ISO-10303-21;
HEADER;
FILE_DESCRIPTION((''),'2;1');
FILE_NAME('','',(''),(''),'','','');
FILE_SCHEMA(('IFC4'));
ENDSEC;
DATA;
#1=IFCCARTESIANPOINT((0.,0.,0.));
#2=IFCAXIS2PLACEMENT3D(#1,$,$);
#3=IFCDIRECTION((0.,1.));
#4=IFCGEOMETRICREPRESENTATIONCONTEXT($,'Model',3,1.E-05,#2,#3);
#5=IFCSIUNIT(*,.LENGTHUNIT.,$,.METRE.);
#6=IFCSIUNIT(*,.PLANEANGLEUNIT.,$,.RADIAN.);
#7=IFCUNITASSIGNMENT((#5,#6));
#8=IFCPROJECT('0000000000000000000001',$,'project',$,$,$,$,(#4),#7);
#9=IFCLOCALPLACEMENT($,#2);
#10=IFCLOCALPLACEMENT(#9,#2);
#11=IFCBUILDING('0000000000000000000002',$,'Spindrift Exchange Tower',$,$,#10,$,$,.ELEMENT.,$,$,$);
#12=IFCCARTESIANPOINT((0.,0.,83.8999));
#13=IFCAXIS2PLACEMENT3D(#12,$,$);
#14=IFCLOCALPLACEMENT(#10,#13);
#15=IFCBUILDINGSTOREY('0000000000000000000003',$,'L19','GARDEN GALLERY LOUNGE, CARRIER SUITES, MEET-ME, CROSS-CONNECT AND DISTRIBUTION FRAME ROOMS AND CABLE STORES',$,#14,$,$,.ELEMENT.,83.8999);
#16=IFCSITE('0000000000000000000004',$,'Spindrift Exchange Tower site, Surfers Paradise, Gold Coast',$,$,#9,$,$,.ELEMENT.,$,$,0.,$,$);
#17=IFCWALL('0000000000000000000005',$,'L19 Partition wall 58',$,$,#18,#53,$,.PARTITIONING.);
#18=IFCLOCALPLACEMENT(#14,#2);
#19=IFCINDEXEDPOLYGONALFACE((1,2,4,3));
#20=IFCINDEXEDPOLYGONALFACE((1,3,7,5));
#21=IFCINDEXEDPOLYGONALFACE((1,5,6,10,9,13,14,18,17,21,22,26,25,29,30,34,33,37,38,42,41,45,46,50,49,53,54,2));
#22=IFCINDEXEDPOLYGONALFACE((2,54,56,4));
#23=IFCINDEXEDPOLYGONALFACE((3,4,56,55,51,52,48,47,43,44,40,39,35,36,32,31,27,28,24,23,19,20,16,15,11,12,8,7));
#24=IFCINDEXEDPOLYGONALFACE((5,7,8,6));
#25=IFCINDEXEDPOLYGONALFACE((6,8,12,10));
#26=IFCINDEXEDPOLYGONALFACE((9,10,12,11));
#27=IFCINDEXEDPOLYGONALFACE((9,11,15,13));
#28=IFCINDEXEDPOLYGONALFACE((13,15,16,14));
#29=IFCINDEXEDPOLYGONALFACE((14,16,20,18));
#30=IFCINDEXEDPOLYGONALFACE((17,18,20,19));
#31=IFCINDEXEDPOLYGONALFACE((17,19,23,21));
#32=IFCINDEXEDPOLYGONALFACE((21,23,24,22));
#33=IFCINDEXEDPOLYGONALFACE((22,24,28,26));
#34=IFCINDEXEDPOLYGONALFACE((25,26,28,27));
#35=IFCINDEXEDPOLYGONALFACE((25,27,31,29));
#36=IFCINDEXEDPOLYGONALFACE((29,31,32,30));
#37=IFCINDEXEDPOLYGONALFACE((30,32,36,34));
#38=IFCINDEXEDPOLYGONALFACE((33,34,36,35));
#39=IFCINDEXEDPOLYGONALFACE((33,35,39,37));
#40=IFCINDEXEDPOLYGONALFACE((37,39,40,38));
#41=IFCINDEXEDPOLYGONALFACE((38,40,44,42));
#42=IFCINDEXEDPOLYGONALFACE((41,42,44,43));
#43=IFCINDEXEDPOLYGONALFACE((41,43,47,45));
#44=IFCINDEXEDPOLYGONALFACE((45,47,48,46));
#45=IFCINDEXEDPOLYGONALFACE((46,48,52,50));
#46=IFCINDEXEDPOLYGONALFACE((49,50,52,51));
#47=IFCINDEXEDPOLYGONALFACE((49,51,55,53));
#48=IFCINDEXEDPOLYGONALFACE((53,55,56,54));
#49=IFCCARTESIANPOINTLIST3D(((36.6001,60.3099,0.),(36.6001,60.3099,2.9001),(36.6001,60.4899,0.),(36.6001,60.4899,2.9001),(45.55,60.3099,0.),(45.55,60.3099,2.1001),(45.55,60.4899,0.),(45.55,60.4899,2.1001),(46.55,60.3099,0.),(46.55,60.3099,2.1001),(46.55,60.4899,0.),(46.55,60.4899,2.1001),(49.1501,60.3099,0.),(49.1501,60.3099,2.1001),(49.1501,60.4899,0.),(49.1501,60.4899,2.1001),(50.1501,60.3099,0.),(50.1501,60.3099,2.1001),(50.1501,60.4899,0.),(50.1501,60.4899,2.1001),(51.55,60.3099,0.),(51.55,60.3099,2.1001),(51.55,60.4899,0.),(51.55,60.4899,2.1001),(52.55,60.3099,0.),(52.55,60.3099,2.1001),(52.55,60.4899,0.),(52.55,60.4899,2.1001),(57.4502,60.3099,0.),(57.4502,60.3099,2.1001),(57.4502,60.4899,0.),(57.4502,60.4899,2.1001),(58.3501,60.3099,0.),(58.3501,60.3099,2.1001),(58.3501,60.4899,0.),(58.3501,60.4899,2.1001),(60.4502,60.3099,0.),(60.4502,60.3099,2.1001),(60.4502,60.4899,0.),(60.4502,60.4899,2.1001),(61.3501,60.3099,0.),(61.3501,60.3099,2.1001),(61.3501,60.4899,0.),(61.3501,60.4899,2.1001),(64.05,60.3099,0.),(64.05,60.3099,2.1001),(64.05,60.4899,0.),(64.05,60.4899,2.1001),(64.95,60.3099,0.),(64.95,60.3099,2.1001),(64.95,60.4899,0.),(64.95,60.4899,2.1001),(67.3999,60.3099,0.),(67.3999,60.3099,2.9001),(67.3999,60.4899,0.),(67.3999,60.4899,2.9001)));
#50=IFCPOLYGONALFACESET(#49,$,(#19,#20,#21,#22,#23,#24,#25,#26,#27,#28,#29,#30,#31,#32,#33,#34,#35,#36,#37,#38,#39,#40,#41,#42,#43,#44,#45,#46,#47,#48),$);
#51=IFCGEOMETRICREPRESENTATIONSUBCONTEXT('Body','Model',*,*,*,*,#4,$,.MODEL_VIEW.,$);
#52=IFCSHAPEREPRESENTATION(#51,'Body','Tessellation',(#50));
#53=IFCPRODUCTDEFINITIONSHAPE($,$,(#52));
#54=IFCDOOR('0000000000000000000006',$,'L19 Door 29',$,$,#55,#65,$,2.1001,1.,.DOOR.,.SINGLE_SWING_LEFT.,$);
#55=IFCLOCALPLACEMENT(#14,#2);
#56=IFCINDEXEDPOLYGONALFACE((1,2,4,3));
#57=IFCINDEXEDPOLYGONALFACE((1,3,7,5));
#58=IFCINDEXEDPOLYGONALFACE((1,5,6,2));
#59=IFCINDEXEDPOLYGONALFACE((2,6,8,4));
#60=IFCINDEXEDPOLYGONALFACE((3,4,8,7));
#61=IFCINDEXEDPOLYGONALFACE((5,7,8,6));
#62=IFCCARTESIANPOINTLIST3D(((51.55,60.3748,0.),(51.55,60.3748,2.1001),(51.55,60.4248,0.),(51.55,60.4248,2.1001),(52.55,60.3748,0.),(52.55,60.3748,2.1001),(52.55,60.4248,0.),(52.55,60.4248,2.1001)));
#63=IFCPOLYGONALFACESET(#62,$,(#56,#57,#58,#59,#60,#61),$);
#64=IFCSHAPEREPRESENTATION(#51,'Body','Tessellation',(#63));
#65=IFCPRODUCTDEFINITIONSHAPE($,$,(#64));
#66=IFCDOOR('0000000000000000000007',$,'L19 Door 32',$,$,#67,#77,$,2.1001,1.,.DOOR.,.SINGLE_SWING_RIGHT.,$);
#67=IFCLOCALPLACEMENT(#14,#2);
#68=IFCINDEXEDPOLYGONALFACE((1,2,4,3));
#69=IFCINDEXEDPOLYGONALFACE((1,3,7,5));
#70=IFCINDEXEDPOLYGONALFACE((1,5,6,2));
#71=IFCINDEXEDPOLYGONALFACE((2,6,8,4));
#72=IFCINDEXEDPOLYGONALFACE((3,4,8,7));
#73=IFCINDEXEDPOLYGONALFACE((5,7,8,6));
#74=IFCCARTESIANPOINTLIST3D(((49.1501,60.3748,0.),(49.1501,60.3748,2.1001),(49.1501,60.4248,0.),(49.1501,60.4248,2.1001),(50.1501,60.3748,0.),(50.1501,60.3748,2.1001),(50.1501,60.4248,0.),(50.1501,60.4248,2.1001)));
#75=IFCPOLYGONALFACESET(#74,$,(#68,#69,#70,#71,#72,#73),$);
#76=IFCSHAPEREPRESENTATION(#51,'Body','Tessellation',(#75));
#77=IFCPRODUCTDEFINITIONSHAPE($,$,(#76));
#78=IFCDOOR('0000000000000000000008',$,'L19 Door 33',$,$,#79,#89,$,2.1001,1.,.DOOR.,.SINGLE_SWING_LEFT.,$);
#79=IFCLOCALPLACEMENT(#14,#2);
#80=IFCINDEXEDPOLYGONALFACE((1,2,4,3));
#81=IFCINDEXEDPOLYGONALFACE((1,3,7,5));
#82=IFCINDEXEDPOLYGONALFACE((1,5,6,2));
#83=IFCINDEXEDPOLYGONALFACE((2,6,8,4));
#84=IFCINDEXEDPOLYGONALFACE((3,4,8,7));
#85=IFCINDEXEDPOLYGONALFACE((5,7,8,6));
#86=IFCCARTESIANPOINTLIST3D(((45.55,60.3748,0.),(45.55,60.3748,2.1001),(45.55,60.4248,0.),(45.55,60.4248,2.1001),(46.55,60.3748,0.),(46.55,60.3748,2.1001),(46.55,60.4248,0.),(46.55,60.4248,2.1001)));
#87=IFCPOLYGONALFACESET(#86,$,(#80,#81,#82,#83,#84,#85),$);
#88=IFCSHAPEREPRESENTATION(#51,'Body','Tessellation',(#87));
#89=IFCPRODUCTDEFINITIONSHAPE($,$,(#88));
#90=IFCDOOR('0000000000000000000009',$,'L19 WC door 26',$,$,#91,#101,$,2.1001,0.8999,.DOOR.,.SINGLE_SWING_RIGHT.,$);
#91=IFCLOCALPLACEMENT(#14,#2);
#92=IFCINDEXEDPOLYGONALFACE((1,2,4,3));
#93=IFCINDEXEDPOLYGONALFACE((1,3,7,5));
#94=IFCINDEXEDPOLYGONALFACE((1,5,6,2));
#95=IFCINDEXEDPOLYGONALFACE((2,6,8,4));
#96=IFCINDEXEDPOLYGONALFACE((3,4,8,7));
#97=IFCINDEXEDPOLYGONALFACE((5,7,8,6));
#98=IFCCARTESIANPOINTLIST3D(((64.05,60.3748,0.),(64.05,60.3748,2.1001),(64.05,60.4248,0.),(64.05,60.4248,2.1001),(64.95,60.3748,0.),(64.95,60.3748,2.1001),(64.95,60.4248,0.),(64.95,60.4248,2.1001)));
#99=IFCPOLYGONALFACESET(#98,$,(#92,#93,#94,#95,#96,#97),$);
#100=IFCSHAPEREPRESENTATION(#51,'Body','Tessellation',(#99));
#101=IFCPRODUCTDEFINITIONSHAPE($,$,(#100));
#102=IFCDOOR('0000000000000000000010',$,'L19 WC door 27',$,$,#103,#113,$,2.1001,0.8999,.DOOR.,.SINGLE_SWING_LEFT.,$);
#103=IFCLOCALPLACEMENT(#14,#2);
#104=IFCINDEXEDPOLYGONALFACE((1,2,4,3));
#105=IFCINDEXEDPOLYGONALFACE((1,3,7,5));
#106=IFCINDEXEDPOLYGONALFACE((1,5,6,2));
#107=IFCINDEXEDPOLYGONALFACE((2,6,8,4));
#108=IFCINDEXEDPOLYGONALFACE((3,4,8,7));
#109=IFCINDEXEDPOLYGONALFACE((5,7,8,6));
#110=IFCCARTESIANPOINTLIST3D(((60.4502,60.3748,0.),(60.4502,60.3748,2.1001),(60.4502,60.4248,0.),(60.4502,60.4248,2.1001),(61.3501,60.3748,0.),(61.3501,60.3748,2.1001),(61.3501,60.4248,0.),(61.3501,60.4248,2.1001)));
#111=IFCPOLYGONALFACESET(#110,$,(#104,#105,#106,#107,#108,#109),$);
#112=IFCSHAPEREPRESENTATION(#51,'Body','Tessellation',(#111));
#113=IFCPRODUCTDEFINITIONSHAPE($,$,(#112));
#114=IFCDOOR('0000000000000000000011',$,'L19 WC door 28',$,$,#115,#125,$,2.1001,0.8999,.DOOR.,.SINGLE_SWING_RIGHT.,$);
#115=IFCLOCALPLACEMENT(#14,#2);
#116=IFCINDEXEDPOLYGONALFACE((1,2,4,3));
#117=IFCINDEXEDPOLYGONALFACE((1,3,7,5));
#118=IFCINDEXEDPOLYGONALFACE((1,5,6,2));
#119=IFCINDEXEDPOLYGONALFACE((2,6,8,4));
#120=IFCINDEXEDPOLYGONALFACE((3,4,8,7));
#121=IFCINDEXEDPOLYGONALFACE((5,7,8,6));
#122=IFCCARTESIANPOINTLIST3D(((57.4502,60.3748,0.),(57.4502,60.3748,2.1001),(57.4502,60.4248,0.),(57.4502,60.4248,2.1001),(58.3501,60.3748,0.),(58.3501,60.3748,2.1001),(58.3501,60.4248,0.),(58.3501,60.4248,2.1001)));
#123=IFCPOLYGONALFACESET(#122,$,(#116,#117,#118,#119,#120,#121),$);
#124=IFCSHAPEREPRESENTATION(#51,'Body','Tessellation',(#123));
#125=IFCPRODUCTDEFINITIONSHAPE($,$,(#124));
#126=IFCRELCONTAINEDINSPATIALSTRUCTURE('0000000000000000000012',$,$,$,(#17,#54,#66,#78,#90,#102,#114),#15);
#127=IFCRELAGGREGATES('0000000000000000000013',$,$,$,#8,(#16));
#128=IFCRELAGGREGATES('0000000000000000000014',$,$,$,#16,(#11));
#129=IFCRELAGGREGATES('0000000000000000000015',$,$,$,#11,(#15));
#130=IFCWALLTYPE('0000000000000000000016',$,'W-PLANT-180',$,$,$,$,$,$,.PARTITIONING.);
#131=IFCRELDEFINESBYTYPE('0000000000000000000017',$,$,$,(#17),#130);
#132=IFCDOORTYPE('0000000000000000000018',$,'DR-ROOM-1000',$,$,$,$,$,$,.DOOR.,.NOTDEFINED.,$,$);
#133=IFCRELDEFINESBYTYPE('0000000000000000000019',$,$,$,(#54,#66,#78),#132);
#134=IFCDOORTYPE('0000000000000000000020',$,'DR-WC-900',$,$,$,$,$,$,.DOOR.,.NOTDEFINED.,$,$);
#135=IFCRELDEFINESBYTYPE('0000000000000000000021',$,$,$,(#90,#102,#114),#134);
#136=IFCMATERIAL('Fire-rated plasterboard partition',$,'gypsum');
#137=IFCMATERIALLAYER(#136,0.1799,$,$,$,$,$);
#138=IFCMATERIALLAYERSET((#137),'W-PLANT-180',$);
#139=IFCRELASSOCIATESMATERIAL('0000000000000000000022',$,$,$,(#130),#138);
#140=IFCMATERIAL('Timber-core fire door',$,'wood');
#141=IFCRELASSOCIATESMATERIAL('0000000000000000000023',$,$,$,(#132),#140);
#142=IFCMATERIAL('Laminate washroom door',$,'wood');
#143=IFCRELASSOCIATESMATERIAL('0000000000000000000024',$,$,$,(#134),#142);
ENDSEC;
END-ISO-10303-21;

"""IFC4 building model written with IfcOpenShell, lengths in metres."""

from ifc_helpers import new_model, si_unit, direction, frame, frame_2d, origin, place, context, subcontext, project, spatial, rectangle, extrude, source, transform, mapped, material, layer, layer_set, type_object, element, fill, save


model = new_model("IFC4")

# Units and contexts
model_context = context("Model", 3, precision=1e-05, world=origin(), true_north=direction((0.0, 1.0)))
body_context = subcontext(model_context, "Body", "Model", "MODEL_VIEW")
ifc_project = project(units=[si_unit("LENGTHUNIT", "METRE"), si_unit("PLANEANGLEUNIT", "RADIAN")], contexts=[model_context])

# Site, building, storey
site_placement = place(None, origin())
site = spatial("IfcSite", under=ifc_project, at=site_placement, Name="Spindrift Exchange Tower site, Surfers Paradise, Gold Coast", CompositionType="ELEMENT", RefElevation=0.0)
building_placement = place(site_placement, origin())
building = spatial("IfcBuilding", under=site, at=building_placement, Name="Spindrift Exchange Tower", CompositionType="ELEMENT")
storey_placement = place(building_placement, frame((0.0, 0.0, 83.8999)))
storey = spatial("IfcBuildingStorey", under=building, at=storey_placement, Name="L19", Description="GARDEN GALLERY LOUNGE, CARRIER SUITES, MEET-ME, CROSS-CONNECT AND DISTRIBUTION FRAME ROOMS AND CABLE STORES", CompositionType="ELEMENT", Elevation=83.8999)

# Shared definitions
ifc_material_1 = material(Name="Timber-core fire door", Category="wood")

# Shared definitions
ifc_material_2 = material(Name="Fire-rated plasterboard partition", Category="gypsum")

# Wall, openings, doors
ifc_layer_1 = layer(ifc_material_2, 0.1799)
ifc_layer_set_1 = layer_set([ifc_layer_1], Name="W-PLANT-180")
wall_type_1 = type_object("IfcWallType", Name="W-PLANT-180", PredefinedType="PARTITIONING", material=ifc_layer_set_1)
wall_1_placement = place(storey_placement, frame((36.6001, 60.3999, 0.0), z_axis=(0.0, 0.0, 1.0), x_axis=(1.0, 0.0, 0.0)))
wall_1 = element("IfcWall", 1, at=wall_1_placement, inside=storey, type_object=wall_type_1, Name="L19 Partition wall 58", PredefinedType="PARTITIONING", context=body_context, shape_type="SweptSolid", body=[
    extrude(rectangle(XDim=30.7998, YDim=0.1799, at=frame_2d((15.3999, 0.0))), origin(), (0.0, 0.0, 1.0), 2.9001),
])
opening_1_placement = place(wall_1_placement, frame((27.45, 0.0, 0.0)))
opening_1 = element("IfcOpeningElement", 2, at=opening_1_placement, cuts=wall_1, PredefinedType="OPENING", context=body_context, shape_type="SweptSolid", body=[
    extrude(rectangle(XDim=0.8999, YDim=2.1001, at=frame_2d((0.45, 1.05))), frame((0.0, 0.0999, 0.0), z_axis=(0.0, -1.0, 0.0), x_axis=(1.0, 0.0, 0.0)), (0.0, 0.0, 1.0), 0.2),
])
opening_2_placement = place(wall_1_placement, frame((23.8501, 0.0, 0.0)))
opening_2 = element("IfcOpeningElement", 3, at=opening_2_placement, cuts=wall_1, PredefinedType="OPENING", context=body_context, shape_type="SweptSolid", body=[
    extrude(rectangle(XDim=0.8999, YDim=2.1001, at=frame_2d((0.45, 1.05))), frame((0.0, 0.0999, 0.0), z_axis=(0.0, -1.0, 0.0), x_axis=(1.0, 0.0, 0.0)), (0.0, 0.0, 1.0), 0.2),
])
opening_3_placement = place(wall_1_placement, frame((20.8501, 0.0, 0.0)))
opening_3 = element("IfcOpeningElement", 4, at=opening_3_placement, cuts=wall_1, PredefinedType="OPENING", context=body_context, shape_type="SweptSolid", body=[
    extrude(rectangle(XDim=0.8999, YDim=2.1001, at=frame_2d((0.45, 1.05))), frame((0.0, 0.0999, 0.0), z_axis=(0.0, -1.0, 0.0), x_axis=(1.0, 0.0, 0.0)), (0.0, 0.0, 1.0), 0.2),
])
opening_4_placement = place(wall_1_placement, frame((14.95, 0.0, 0.0)))
opening_4 = element("IfcOpeningElement", 5, at=opening_4_placement, cuts=wall_1, PredefinedType="OPENING", context=body_context, shape_type="SweptSolid", body=[
    extrude(rectangle(XDim=1.0, YDim=2.1001, at=frame_2d((0.5, 1.05))), frame((0.0, 0.0999, 0.0), z_axis=(0.0, -1.0, 0.0), x_axis=(1.0, 0.0, 0.0)), (0.0, 0.0, 1.0), 0.2),
])
opening_5_placement = place(wall_1_placement, frame((12.55, 0.0, 0.0)))
opening_5 = element("IfcOpeningElement", 6, at=opening_5_placement, cuts=wall_1, PredefinedType="OPENING", context=body_context, shape_type="SweptSolid", body=[
    extrude(rectangle(XDim=1.0, YDim=2.1001, at=frame_2d((0.5, 1.05))), frame((0.0, 0.0999, 0.0), z_axis=(0.0, -1.0, 0.0), x_axis=(1.0, 0.0, 0.0)), (0.0, 0.0, 1.0), 0.2),
])
opening_6_placement = place(wall_1_placement, frame((8.95, 0.0, 0.0)))
opening_6 = element("IfcOpeningElement", 7, at=opening_6_placement, cuts=wall_1, PredefinedType="OPENING", context=body_context, shape_type="SweptSolid", body=[
    extrude(rectangle(XDim=1.0, YDim=2.1001, at=frame_2d((0.5, 1.05))), frame((0.0, 0.0999, 0.0), z_axis=(0.0, -1.0, 0.0), x_axis=(1.0, 0.0, 0.0)), (0.0, 0.0, 1.0), 0.2),
])
door_type_1 = type_object("IfcDoorType", Name="DR-ROOM-1000", OperationType="NOTDEFINED", PredefinedType="DOOR", material=ifc_material_1)
shared_shape_1 = source(origin(), body_context, "Body", "SweptSolid", [
    extrude(rectangle(XDim=1.0, YDim=2.1001, at=frame_2d((0.5, 1.05))), frame((0.0, 0.0249, 0.0), z_axis=(0.0, -1.0, 0.0), x_axis=(1.0, 0.0, 0.0)), (0.0, 0.0, 1.0), 0.05),
])
door_1_placement = place(opening_4_placement, origin())
door_1 = element("IfcDoor", 8, at=door_1_placement, inside=storey, type_object=door_type_1, Name="L19 Door 29", OperationType="SINGLE_SWING_LEFT", OverallHeight=2.1001, OverallWidth=1.0, PredefinedType="DOOR", context=body_context, shape_type="MappedRepresentation", body=[
    mapped(shared_shape_1, transform((0.0, 0.0, 0.0), scale=1.0)),
])
fill(opening_4, door_1)
door_2_placement = place(opening_5_placement, origin())
door_2 = element("IfcDoor", 9, at=door_2_placement, inside=storey, type_object=door_type_1, Name="L19 Door 32", OperationType="SINGLE_SWING_RIGHT", OverallHeight=2.1001, OverallWidth=1.0, PredefinedType="DOOR", context=body_context, shape_type="MappedRepresentation", body=[
    mapped(shared_shape_1, transform((0.0, 0.0, 0.0), scale=1.0)),
])
fill(opening_5, door_2)
door_3_placement = place(opening_6_placement, origin())
door_3 = element("IfcDoor", 10, at=door_3_placement, inside=storey, type_object=door_type_1, Name="L19 Door 33", OperationType="SINGLE_SWING_LEFT", OverallHeight=2.1001, OverallWidth=1.0, PredefinedType="DOOR", context=body_context, shape_type="MappedRepresentation", body=[
    mapped(shared_shape_1, transform((0.0, 0.0, 0.0), scale=1.0)),
])
fill(opening_6, door_3)
ifc_material_3 = material(Name="Laminate washroom door", Category="wood")
door_type_2 = type_object("IfcDoorType", Name="DR-WC-900", OperationType="NOTDEFINED", PredefinedType="DOOR", material=ifc_material_3)
shared_shape_2 = source(origin(), body_context, "Body", "SweptSolid", [
    extrude(rectangle(XDim=0.8999, YDim=2.1001, at=frame_2d((0.45, 1.05))), frame((0.0, 0.0249, 0.0), z_axis=(0.0, -1.0, 0.0), x_axis=(1.0, 0.0, 0.0)), (0.0, 0.0, 1.0), 0.05),
])
door_4_placement = place(opening_1_placement, origin())
door_4 = element("IfcDoor", 11, at=door_4_placement, inside=storey, type_object=door_type_2, Name="L19 WC door 26", OperationType="SINGLE_SWING_RIGHT", OverallHeight=2.1001, OverallWidth=0.8999, PredefinedType="DOOR", context=body_context, shape_type="MappedRepresentation", body=[
    mapped(shared_shape_2, transform((0.0, 0.0, 0.0), scale=1.0)),
])
fill(opening_1, door_4)
door_5_placement = place(opening_2_placement, origin())
door_5 = element("IfcDoor", 12, at=door_5_placement, inside=storey, type_object=door_type_2, Name="L19 WC door 27", OperationType="SINGLE_SWING_LEFT", OverallHeight=2.1001, OverallWidth=0.8999, PredefinedType="DOOR", context=body_context, shape_type="MappedRepresentation", body=[
    mapped(shared_shape_2, transform((0.0, 0.0, 0.0), scale=1.0)),
])
fill(opening_2, door_5)
door_6_placement = place(opening_3_placement, origin())
door_6 = element("IfcDoor", 13, at=door_6_placement, inside=storey, type_object=door_type_2, Name="L19 WC door 28", OperationType="SINGLE_SWING_RIGHT", OverallHeight=2.1001, OverallWidth=0.8999, PredefinedType="DOOR", context=body_context, shape_type="MappedRepresentation", body=[
    mapped(shared_shape_2, transform((0.0, 0.0, 0.0), scale=1.0)),
])
fill(opening_3, door_6)

save(model, "model.ifc")
